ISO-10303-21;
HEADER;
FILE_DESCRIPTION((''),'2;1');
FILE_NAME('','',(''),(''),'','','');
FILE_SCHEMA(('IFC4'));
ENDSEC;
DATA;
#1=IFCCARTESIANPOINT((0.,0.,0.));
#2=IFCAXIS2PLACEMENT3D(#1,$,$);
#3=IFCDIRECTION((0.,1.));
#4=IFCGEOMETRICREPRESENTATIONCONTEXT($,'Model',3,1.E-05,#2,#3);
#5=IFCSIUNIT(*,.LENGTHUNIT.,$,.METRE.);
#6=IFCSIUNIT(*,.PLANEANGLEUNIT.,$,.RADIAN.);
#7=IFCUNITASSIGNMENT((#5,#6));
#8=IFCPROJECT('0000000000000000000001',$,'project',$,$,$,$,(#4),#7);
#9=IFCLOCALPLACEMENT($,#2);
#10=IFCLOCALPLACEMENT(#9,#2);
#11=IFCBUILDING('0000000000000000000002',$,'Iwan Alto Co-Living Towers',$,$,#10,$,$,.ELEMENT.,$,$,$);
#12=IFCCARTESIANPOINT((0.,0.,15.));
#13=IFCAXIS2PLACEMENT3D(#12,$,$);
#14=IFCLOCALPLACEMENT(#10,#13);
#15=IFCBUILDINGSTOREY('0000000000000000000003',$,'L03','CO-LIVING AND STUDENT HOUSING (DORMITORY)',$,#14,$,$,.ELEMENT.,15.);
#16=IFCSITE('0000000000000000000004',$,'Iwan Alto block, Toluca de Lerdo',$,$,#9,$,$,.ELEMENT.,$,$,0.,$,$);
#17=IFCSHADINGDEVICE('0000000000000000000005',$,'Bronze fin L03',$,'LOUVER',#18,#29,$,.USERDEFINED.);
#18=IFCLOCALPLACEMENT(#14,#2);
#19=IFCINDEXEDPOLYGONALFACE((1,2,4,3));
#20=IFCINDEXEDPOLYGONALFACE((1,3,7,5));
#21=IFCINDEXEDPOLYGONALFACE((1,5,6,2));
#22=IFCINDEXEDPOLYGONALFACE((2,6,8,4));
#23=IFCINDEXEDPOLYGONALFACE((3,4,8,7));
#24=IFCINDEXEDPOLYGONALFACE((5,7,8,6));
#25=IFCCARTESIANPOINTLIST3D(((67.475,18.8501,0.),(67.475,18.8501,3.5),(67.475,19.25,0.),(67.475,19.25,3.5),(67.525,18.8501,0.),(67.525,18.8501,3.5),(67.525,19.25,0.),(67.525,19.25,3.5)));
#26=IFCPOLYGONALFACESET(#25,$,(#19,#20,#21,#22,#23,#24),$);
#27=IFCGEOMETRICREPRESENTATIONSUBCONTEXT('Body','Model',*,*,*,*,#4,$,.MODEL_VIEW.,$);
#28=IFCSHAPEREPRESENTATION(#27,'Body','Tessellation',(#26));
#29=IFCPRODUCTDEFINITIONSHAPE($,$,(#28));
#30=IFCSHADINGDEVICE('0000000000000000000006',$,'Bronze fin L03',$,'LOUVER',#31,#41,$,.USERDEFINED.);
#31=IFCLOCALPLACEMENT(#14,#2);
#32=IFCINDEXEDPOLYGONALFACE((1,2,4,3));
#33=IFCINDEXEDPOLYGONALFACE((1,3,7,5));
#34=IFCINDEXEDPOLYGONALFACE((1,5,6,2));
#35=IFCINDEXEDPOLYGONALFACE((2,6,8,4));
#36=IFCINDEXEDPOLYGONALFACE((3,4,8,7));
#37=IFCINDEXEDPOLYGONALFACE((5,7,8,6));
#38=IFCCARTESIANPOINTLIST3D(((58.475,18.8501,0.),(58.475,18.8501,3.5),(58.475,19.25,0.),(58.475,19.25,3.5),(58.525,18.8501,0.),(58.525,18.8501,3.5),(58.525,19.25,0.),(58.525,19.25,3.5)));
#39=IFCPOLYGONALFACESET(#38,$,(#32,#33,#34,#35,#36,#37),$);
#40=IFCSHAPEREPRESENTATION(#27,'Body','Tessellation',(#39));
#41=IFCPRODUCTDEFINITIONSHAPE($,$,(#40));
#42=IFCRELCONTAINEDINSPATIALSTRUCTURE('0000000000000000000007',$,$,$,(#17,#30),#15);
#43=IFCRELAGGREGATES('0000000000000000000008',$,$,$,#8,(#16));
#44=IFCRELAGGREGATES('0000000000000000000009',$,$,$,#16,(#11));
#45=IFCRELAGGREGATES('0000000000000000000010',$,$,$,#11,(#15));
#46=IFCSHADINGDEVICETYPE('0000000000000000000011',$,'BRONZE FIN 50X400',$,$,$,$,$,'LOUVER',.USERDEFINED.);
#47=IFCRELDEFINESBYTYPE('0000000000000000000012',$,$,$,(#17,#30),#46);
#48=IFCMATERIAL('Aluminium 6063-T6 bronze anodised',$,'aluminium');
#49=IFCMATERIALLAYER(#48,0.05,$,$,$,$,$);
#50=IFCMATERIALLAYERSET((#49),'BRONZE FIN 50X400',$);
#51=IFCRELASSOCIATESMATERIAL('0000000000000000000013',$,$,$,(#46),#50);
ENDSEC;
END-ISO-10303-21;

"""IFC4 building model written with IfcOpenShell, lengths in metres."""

from ifc_helpers import new_model, si_unit, direction, frame, origin, origin_2d, place, context, subcontext, project, spatial, rectangle, extrude, material, layer, layer_set, type_object, element, save


model = new_model("IFC4")

# Units and contexts
model_context = context("Model", 3, precision=1e-05, world=origin(), true_north=direction((0.0, 1.0)))
body_context = subcontext(model_context, "Body", "Model", "MODEL_VIEW")
ifc_project = project(units=[si_unit("LENGTHUNIT", "METRE"), si_unit("PLANEANGLEUNIT", "RADIAN")], contexts=[model_context])

# Site, building, storey
site_placement = place(None, origin())
site = spatial("IfcSite", under=ifc_project, at=site_placement, Name="Iwan Alto block, Toluca de Lerdo", CompositionType="ELEMENT", RefElevation=0.0)
building_placement = place(site_placement, origin())
building = spatial("IfcBuilding", under=site, at=building_placement, Name="Iwan Alto Co-Living Towers", CompositionType="ELEMENT")
storey_placement = place(building_placement, frame((0.0, 0.0, 15.0)))
storey = spatial("IfcBuildingStorey", under=building, at=storey_placement, Name="L03", Description="CO-LIVING AND STUDENT HOUSING (DORMITORY)", CompositionType="ELEMENT", Elevation=15.0)

# Shading devices
ifc_material_1 = material(Name="Aluminium 6063-T6 bronze anodised", Category="aluminium")
ifc_layer_1 = layer(ifc_material_1, 0.05)
ifc_layer_set_1 = layer_set([ifc_layer_1], Name="BRONZE FIN 50X400")
shading_device_type = type_object("IfcShadingDeviceType", Name="BRONZE FIN 50X400", ElementType="LOUVER", PredefinedType="USERDEFINED", material=ifc_layer_set_1)
for number, where, z_axis, x_axis, name in (
    (1, (67.5, 19.05, 0.0), (0.0, 0.0, 1.0), (-1.0, 0.0, 0.0), "Bronze fin L03"),
    (2, (58.5, 19.05, 0.0), (0.0, 0.0, 1.0), (-1.0, 0.0, 0.0), "Bronze fin L03"),
):
    element("IfcShadingDevice", number, at=place(storey_placement, frame(where, z_axis=z_axis, x_axis=x_axis)), inside=storey, type_object=shading_device_type, Name=name, ObjectType="LOUVER", PredefinedType="USERDEFINED", context=body_context, shape_type="SweptSolid", body=[
        extrude(rectangle(XDim=0.05, YDim=0.3999, at=origin_2d()), origin(), (0.0, 0.0, 1.0), 3.5),
    ])

save(model, "model.ifc")
